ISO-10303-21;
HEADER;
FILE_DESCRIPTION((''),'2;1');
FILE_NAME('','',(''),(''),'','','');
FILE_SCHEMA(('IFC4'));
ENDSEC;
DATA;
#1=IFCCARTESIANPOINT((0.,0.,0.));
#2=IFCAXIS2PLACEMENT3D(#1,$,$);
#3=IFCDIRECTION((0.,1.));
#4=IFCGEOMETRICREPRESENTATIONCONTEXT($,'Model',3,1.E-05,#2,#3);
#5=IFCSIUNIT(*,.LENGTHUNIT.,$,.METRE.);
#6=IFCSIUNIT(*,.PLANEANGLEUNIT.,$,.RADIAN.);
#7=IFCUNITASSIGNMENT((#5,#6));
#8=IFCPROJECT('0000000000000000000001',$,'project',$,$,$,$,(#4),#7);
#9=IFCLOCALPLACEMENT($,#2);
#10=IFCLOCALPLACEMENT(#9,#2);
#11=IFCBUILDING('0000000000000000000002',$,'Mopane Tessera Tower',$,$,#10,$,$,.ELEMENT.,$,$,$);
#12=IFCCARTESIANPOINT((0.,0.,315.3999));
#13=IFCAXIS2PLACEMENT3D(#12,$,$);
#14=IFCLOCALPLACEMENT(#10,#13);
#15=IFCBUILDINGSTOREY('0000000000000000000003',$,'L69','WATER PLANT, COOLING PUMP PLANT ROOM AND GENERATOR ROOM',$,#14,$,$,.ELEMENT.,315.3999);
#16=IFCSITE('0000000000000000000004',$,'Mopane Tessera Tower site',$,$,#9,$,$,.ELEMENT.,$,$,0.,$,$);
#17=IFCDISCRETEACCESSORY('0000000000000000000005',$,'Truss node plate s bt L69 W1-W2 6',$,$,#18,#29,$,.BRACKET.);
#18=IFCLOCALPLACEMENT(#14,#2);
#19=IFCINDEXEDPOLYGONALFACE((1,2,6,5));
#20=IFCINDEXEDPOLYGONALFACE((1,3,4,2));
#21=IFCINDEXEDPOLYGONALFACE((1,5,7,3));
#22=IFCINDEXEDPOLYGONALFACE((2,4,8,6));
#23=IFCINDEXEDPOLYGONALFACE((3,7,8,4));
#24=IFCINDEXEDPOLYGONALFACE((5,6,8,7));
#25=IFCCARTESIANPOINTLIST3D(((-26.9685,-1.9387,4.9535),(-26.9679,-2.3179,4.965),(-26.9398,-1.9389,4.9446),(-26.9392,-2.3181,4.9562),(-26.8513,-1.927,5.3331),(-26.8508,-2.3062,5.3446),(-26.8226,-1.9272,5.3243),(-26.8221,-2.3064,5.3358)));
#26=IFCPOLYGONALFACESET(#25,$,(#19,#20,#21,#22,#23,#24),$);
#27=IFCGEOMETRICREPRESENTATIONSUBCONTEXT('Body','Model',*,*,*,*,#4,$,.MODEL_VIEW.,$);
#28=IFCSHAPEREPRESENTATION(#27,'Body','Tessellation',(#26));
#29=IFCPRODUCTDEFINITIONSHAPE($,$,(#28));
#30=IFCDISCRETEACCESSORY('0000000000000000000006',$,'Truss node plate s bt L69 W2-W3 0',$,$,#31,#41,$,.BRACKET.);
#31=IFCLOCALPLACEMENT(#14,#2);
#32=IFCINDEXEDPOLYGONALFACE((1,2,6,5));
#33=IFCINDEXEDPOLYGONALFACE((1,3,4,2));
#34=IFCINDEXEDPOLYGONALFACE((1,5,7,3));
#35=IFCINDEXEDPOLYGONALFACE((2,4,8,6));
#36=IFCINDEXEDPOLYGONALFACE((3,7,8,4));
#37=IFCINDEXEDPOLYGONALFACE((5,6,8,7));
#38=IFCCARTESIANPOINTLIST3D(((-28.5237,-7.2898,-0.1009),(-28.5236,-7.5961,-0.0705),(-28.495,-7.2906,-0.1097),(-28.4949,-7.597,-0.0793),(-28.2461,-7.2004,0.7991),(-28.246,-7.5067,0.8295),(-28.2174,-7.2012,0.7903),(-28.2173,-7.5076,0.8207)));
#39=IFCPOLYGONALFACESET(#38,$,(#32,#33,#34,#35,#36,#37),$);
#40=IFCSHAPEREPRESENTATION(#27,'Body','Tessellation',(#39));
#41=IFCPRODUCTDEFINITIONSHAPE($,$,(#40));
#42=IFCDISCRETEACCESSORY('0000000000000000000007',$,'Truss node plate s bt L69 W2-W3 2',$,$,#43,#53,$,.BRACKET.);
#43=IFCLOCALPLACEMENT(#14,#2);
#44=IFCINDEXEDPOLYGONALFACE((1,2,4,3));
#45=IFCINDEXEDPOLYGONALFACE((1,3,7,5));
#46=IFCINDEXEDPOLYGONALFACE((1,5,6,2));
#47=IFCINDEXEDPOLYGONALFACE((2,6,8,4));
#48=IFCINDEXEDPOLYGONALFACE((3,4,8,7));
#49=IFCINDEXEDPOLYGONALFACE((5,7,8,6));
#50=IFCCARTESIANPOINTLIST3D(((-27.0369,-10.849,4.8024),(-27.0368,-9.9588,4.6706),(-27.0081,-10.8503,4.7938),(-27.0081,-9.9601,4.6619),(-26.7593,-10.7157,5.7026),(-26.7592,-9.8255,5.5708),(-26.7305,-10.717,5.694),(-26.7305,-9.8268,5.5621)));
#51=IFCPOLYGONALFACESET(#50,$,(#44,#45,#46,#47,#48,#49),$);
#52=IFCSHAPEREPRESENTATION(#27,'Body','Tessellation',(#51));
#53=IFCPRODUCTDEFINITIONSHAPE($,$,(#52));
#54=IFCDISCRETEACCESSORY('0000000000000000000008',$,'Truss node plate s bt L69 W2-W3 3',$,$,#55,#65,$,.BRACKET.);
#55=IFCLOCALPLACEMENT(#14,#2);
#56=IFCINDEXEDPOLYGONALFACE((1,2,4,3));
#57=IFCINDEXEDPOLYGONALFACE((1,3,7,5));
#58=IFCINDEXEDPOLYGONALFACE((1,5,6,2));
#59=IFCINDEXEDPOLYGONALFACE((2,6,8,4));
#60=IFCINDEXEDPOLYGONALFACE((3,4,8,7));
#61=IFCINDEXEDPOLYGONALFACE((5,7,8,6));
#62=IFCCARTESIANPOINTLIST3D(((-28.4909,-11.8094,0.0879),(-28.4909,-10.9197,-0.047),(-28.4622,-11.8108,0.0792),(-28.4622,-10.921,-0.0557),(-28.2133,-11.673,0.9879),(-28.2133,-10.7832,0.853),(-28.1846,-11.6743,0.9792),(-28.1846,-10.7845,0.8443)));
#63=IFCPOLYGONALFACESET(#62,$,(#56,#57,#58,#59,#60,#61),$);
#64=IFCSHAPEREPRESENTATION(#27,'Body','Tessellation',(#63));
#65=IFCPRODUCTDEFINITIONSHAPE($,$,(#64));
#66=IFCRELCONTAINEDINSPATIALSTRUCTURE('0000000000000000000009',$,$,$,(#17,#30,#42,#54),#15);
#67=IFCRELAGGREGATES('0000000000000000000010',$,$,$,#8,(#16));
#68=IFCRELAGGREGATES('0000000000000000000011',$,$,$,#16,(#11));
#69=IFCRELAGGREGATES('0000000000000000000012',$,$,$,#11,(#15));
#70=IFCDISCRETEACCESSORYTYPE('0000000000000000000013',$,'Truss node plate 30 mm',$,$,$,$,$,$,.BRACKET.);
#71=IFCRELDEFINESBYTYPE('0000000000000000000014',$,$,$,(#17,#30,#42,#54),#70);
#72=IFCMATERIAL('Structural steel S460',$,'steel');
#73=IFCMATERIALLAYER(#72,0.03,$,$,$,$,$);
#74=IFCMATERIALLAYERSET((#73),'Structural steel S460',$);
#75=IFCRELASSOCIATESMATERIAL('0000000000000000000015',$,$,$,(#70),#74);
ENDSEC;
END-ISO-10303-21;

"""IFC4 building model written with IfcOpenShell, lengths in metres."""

from ifc_helpers import new_model, si_unit, direction, frame, origin, origin_2d, place, context, subcontext, project, spatial, rectangle, extrude, material, layer, layer_set, type_object, element, save


model = new_model("IFC4")

# Units and contexts
model_context = context("Model", 3, precision=1e-05, world=origin(), true_north=direction((0.0, 1.0)))
body_context = subcontext(model_context, "Body", "Model", "MODEL_VIEW")
ifc_project = project(units=[si_unit("LENGTHUNIT", "METRE"), si_unit("PLANEANGLEUNIT", "RADIAN")], contexts=[model_context])

# Site, building, storey
site_placement = place(None, origin())
site = spatial("IfcSite", under=ifc_project, at=site_placement, Name="Mopane Tessera Tower site", CompositionType="ELEMENT", RefElevation=0.0)
building_placement = place(site_placement, origin())
building = spatial("IfcBuilding", under=site, at=building_placement, Name="Mopane Tessera Tower", CompositionType="ELEMENT")
storey_placement = place(building_placement, frame((0.0, 0.0, 315.3999)))
storey = spatial("IfcBuildingStorey", under=building, at=storey_placement, Name="L69", Description="WATER PLANT, COOLING PUMP PLANT ROOM AND GENERATOR ROOM", CompositionType="ELEMENT", Elevation=315.3999)

# Discrete accessories
ifc_material_1 = material(Name="Structural steel S460", Category="steel")
ifc_layer_1 = layer(ifc_material_1, 0.03)
ifc_layer_set_1 = layer_set([ifc_layer_1], Name="Structural steel S460")
discrete_accessory_type_1 = type_object("IfcDiscreteAccessoryType", Name="Truss node plate 30 mm", PredefinedType="BRACKET", material=ifc_layer_set_1)
discrete_accessory_1_placement = place(storey_placement, frame((-26.9539, -2.1284, 4.9548), z_axis=(0.294821, 0.029482, 0.955098), x_axis=(0.955551, -0.00761, -0.294726)))
element("IfcDiscreteAccessory", 1, at=discrete_accessory_1_placement, inside=storey, type_object=discrete_accessory_type_1, Name="Truss node plate s bt L69 W1-W2 6", PredefinedType="BRACKET", context=body_context, shape_type="SweptSolid", body=[
    extrude(rectangle(XDim=0.03, YDim=0.3794, at=origin_2d()), origin(), (0.0, 0.0, 1.0), 0.3975),
])
discrete_accessory_2_placement = place(storey_placement, frame((-28.5093, -7.4434, -0.0901), z_axis=(0.293442, 0.094459, 0.951299), x_axis=(0.955977, -0.028666, -0.292039)))
element("IfcDiscreteAccessory", 2, at=discrete_accessory_2_placement, inside=storey, type_object=discrete_accessory_type_1, Name="Truss node plate s bt L69 W2-W3 0", PredefinedType="BRACKET", context=body_context, shape_type="SweptSolid", body=[
    extrude(rectangle(XDim=0.03, YDim=0.3079, at=origin_2d()), origin(), (0.0, 0.0, 1.0), 0.946),
])
discrete_accessory_3_placement = place(storey_placement, frame((-27.0225, -10.4045, 4.7322), z_axis=(0.29178, 0.140116, 0.946167), x_axis=(0.956486, -0.042826, -0.28862)))
element("IfcDiscreteAccessory", 3, at=discrete_accessory_3_placement, inside=storey, type_object=discrete_accessory_type_1, Name="Truss node plate s bt L69 W2-W3 2", PredefinedType="BRACKET", context=body_context, shape_type="SweptSolid", body=[
    extrude(rectangle(XDim=0.03, YDim=0.8999, at=origin_2d()), origin(), (0.0, 0.0, 1.0), 0.9514),
])
discrete_accessory_4_placement = place(storey_placement, frame((-28.4766, -11.3652, 0.0161), z_axis=(0.291713, 0.143419, 0.945693), x_axis=(0.956506, -0.04374, -0.288415)))
element("IfcDiscreteAccessory", 4, at=discrete_accessory_4_placement, inside=storey, type_object=discrete_accessory_type_1, Name="Truss node plate s bt L69 W2-W3 3", PredefinedType="BRACKET", context=body_context, shape_type="SweptSolid", body=[
    extrude(rectangle(XDim=0.03, YDim=0.8999, at=origin_2d()), origin(), (0.0, 0.0, 1.0), 0.9517),
])

save(model, "model.ifc")
